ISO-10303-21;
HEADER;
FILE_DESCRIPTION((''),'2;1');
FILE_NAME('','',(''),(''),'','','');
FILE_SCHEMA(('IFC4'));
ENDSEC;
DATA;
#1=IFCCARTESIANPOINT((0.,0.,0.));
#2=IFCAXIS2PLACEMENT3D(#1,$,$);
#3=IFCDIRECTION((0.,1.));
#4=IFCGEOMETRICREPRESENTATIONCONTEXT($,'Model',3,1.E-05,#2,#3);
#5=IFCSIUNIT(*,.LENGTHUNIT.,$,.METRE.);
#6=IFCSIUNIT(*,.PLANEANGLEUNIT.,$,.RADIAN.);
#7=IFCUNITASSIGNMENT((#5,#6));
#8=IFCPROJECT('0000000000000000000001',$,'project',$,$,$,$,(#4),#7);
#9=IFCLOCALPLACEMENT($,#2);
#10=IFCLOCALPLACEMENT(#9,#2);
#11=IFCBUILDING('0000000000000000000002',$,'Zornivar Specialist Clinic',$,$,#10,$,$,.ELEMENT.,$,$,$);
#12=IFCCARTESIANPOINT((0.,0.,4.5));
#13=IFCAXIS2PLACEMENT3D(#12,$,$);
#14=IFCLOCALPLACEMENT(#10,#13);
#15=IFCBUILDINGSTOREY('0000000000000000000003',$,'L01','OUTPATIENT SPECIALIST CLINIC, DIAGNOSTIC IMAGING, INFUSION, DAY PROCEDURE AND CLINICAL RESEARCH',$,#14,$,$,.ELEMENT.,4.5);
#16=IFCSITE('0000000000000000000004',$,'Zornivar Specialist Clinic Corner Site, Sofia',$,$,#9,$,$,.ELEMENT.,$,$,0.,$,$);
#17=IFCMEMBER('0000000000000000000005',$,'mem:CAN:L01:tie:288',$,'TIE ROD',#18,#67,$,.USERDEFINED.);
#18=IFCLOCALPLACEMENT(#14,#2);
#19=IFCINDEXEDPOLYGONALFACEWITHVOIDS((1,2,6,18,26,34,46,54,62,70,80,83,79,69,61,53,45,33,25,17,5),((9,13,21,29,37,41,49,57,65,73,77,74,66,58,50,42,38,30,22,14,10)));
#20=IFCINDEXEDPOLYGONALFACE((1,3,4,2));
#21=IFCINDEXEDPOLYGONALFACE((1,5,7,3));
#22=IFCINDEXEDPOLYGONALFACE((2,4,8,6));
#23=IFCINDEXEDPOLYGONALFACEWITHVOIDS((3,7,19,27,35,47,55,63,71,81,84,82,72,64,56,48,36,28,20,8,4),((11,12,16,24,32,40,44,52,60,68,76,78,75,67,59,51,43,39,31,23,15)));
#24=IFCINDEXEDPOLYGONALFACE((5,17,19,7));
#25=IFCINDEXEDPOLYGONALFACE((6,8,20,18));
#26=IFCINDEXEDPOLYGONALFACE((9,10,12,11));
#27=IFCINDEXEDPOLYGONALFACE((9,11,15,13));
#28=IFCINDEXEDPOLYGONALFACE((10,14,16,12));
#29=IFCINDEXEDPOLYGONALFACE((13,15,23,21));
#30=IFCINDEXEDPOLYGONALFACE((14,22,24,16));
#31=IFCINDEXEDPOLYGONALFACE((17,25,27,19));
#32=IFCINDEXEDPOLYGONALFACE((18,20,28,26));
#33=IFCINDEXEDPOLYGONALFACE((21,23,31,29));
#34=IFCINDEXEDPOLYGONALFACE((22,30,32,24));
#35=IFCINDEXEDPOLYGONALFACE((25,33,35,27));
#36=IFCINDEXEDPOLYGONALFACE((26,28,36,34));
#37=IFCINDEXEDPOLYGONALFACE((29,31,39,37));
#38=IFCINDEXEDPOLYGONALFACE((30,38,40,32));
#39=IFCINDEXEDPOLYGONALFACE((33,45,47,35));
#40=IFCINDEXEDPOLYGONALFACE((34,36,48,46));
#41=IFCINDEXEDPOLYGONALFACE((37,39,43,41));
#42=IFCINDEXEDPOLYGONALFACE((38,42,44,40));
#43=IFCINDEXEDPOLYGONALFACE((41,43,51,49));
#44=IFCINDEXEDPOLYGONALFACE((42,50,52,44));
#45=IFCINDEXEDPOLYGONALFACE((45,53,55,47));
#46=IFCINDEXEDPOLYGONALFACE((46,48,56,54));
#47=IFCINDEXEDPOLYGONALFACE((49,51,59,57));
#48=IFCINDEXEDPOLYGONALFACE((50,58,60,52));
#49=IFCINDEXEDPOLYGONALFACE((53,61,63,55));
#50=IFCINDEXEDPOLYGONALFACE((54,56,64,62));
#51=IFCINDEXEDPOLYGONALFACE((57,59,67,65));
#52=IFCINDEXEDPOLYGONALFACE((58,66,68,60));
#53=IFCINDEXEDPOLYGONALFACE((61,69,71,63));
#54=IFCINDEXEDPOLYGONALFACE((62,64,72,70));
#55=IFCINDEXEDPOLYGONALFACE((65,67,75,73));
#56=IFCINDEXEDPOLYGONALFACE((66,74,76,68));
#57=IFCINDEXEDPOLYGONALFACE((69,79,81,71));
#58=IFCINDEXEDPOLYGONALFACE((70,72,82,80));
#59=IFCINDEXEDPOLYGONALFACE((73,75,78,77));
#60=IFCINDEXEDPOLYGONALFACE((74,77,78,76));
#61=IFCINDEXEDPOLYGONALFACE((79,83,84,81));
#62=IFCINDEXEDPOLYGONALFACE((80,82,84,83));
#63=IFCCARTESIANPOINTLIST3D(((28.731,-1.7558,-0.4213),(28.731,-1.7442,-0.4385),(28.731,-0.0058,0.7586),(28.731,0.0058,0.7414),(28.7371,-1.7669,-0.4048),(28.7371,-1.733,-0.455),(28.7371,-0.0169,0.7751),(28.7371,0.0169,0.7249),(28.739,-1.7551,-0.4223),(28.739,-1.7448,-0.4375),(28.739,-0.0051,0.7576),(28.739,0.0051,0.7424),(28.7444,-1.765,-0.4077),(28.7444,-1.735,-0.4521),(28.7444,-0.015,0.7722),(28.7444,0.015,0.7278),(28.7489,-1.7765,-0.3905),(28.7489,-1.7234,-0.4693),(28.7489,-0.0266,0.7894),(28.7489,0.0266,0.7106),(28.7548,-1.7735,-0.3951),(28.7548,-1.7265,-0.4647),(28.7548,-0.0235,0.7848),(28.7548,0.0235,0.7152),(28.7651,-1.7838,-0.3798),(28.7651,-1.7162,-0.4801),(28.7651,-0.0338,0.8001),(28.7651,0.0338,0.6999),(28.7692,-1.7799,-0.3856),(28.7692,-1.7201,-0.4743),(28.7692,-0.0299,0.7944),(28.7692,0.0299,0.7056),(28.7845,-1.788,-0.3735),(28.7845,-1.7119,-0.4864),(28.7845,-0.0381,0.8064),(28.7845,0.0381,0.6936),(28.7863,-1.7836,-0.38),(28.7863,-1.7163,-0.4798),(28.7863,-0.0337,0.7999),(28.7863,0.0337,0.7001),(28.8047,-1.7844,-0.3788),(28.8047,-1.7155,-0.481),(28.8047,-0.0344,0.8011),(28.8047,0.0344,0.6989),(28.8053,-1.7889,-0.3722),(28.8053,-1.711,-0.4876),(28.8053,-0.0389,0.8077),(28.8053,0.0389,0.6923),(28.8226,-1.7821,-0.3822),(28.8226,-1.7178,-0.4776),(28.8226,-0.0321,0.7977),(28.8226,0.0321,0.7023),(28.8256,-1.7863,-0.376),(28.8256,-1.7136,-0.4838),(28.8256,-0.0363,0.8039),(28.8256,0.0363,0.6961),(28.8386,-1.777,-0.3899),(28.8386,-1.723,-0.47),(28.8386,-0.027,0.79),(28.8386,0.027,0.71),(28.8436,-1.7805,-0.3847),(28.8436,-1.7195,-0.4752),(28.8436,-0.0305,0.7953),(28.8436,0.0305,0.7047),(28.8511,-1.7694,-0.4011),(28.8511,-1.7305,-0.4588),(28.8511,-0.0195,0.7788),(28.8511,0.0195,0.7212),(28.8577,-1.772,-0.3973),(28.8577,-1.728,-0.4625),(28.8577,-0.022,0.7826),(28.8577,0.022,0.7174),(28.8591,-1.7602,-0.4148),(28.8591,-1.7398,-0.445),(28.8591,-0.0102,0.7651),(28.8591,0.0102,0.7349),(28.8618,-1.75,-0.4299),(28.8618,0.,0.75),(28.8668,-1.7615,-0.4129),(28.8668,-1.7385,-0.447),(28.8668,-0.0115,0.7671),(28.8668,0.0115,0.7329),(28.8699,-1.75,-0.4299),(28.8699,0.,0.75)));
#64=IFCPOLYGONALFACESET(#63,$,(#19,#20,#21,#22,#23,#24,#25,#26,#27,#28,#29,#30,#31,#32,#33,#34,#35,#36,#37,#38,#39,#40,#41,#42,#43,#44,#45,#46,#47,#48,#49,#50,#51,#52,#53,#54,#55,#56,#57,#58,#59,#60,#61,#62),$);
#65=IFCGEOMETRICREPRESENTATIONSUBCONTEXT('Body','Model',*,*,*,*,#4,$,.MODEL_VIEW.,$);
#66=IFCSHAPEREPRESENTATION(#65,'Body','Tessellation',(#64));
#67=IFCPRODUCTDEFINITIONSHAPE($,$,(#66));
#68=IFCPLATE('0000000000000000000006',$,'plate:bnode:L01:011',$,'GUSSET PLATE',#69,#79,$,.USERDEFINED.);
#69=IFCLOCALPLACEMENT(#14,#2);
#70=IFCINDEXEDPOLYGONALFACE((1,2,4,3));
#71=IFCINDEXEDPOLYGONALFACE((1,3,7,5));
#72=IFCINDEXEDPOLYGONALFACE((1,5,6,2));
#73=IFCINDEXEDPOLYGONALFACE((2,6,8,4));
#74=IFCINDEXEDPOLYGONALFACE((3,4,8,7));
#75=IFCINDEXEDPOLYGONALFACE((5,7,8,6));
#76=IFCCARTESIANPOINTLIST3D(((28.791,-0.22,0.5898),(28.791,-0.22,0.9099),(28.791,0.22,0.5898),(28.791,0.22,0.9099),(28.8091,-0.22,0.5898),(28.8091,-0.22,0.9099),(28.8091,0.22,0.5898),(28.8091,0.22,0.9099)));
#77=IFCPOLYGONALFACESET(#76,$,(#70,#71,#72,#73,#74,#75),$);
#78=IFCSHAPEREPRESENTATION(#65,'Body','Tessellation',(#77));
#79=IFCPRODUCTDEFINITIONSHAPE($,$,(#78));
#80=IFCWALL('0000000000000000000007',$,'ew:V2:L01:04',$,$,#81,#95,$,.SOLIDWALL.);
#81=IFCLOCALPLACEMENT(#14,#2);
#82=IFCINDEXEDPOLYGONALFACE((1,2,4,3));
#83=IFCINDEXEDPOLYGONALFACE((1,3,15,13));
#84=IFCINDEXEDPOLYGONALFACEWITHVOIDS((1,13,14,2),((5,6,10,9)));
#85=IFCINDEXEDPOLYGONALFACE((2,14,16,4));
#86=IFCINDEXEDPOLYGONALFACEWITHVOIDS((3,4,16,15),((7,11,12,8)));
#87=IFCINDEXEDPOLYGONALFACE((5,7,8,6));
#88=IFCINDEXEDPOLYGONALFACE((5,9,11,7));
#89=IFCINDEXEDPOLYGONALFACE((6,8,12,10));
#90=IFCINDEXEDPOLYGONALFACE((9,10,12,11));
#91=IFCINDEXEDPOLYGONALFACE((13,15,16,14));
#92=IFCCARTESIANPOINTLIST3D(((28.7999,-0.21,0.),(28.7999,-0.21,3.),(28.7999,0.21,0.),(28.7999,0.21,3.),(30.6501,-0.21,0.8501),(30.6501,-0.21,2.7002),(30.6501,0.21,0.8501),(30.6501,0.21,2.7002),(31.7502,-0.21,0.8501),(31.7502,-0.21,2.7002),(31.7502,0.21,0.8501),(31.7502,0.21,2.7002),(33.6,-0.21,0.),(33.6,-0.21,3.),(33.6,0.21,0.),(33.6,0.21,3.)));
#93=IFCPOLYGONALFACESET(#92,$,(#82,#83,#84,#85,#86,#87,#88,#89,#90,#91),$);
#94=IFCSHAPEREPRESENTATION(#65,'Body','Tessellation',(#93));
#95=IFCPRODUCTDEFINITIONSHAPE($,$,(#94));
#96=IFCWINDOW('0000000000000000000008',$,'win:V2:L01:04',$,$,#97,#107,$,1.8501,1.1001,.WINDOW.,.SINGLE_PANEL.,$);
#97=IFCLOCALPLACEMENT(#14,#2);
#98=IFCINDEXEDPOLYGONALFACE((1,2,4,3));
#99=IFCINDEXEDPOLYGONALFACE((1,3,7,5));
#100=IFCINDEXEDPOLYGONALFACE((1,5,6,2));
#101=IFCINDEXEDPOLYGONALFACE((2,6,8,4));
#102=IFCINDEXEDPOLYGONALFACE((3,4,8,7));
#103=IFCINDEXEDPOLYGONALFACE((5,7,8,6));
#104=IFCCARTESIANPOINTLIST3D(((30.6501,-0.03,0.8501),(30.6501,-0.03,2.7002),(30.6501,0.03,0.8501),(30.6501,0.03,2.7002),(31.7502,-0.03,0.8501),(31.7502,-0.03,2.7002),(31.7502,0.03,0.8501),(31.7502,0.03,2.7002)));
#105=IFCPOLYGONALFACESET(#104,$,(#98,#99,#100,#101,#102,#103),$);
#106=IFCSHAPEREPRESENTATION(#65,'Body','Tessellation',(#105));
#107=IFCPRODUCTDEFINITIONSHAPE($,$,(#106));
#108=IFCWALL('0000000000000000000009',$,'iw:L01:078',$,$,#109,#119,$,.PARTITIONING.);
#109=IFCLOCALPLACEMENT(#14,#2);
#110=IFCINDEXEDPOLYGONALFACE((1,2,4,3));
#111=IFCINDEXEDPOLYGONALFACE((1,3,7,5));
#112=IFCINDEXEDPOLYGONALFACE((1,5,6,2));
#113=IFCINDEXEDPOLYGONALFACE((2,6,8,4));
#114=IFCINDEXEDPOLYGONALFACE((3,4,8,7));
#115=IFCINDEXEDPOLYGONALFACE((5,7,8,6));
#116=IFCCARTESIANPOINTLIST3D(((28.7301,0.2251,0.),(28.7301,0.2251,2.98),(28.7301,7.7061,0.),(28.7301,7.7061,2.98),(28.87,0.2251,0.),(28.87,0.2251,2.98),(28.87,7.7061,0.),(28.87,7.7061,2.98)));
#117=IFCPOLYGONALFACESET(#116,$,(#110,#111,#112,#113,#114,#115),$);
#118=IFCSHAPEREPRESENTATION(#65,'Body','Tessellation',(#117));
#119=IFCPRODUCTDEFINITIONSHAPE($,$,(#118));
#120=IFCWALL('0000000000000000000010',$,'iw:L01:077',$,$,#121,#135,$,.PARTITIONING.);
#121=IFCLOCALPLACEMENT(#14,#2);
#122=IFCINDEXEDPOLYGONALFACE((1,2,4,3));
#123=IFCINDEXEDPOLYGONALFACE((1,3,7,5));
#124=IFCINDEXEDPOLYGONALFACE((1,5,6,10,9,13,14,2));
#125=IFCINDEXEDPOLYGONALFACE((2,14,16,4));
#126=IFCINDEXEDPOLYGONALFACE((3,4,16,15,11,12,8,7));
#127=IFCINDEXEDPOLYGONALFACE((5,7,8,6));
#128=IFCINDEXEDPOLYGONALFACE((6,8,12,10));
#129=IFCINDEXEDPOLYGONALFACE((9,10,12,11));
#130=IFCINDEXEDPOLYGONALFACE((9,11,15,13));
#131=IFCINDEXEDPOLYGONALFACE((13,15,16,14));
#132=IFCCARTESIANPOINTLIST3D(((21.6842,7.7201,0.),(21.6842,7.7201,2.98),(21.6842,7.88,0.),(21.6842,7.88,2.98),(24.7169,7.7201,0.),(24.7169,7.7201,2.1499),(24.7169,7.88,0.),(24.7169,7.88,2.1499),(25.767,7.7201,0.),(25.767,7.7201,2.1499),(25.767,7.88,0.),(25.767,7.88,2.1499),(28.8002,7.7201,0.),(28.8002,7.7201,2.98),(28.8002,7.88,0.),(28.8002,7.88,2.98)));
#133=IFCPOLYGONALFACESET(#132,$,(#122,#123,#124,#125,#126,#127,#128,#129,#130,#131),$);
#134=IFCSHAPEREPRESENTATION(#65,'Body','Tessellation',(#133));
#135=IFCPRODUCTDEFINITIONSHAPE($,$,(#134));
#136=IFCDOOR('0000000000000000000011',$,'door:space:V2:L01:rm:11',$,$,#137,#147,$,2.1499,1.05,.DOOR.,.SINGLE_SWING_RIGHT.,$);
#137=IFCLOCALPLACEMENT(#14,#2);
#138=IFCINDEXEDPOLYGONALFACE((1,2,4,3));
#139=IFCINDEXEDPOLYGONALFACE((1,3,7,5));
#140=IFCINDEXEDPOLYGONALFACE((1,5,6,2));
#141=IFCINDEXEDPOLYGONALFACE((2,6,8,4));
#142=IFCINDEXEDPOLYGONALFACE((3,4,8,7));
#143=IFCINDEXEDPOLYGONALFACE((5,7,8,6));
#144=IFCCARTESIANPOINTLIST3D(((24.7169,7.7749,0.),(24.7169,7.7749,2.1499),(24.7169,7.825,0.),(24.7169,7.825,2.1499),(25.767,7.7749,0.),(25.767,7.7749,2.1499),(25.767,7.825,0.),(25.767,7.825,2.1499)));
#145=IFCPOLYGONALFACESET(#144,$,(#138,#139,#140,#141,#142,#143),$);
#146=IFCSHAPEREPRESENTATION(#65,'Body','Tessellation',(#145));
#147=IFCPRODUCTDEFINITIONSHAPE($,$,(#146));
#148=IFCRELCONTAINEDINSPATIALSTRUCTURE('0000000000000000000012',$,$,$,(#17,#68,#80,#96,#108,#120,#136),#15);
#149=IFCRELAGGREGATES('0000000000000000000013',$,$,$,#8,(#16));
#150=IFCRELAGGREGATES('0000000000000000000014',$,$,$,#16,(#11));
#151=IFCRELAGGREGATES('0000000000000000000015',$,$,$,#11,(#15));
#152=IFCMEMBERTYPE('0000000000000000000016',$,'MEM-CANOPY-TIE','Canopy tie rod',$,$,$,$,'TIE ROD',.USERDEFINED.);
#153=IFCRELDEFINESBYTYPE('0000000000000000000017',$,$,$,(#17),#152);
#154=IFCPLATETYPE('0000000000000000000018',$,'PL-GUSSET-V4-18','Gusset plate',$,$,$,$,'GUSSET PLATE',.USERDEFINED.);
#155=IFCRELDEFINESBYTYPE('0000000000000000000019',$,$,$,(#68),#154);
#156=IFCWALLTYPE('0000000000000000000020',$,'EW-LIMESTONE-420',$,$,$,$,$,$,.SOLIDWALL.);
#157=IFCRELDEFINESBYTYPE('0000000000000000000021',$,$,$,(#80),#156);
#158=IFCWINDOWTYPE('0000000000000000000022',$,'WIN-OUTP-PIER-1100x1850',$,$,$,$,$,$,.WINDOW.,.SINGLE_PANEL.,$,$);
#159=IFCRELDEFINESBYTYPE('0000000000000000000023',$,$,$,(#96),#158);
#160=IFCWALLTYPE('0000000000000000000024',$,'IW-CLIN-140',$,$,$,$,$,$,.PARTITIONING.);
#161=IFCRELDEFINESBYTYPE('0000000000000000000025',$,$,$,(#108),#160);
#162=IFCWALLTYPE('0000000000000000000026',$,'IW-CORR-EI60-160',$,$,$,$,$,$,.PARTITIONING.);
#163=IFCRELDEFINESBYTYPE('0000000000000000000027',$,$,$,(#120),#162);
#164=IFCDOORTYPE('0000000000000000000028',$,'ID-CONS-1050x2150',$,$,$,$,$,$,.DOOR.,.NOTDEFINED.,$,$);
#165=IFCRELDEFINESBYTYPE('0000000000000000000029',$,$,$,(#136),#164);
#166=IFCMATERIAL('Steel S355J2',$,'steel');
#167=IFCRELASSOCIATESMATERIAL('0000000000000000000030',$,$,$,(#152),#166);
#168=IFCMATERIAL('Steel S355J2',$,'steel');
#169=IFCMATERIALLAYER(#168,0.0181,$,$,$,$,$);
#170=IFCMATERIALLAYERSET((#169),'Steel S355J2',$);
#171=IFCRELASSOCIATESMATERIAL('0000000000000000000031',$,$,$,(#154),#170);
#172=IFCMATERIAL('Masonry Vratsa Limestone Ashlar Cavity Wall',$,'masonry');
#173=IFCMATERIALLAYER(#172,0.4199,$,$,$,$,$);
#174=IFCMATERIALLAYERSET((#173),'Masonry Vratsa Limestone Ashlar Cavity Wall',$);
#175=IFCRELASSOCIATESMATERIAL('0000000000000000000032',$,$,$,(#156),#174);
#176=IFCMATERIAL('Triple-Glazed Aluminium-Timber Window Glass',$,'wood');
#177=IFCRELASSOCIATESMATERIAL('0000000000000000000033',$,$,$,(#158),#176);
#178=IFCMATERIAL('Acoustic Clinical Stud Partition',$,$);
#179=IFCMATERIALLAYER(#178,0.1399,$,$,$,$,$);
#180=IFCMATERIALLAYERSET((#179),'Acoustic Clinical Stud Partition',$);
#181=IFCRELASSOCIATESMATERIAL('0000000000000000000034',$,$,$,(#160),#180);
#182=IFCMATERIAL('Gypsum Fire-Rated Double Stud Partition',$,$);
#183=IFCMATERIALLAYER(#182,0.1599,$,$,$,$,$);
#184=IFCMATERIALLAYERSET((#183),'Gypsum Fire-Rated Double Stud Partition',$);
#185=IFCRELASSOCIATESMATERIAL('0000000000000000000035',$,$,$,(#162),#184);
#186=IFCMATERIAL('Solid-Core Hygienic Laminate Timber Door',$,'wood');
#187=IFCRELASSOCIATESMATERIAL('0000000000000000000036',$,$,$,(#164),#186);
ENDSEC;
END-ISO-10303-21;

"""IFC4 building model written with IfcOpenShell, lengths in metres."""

from ifc_helpers import new_model, si_unit, direction, frame, frame_2d, origin, origin_2d, place, context, subcontext, project, spatial, rectangle, hollow_circle, extrude, material, layer, layer_set, material_profile, profile_set, type_object, element, fill, save


model = new_model("IFC4")

# Units and contexts
model_context = context("Model", 3, precision=1e-05, world=origin(), true_north=direction((0.0, 1.0)))
body_context = subcontext(model_context, "Body", "Model", "MODEL_VIEW")
ifc_project = project(units=[si_unit("LENGTHUNIT", "METRE"), si_unit("PLANEANGLEUNIT", "RADIAN")], contexts=[model_context])

# Site, building, storey
site_placement = place(None, origin())
site = spatial("IfcSite", under=ifc_project, at=site_placement, Name="Zornivar Specialist Clinic Corner Site, Sofia", CompositionType="ELEMENT", RefElevation=0.0)
building_placement = place(site_placement, origin())
building = spatial("IfcBuilding", under=site, at=building_placement, Name="Zornivar Specialist Clinic", CompositionType="ELEMENT")
storey_placement = place(building_placement, frame((0.0, 0.0, 4.5)))
storey = spatial("IfcBuildingStorey", under=building, at=storey_placement, Name="L01", Description="OUTPATIENT SPECIALIST CLINIC, DIAGNOSTIC IMAGING, INFUSION, DAY PROCEDURE AND CLINICAL RESEARCH", CompositionType="ELEMENT", Elevation=4.5)

# Member
ifc_material_1 = material(Name="Steel S355J2", Category="steel")
ifc_material_profile_1 = material_profile(ifc_material_1, hollow_circle(Radius=0.0698, WallThickness=0.0081, at=origin_2d()), Name="CHS 139.7x8")
ifc_profile_set_1 = profile_set([ifc_material_profile_1], Name="Steel S355J2")
member_type = type_object("IfcMemberType", Name="MEM-CANOPY-TIE", Description="Canopy tie rod", ElementType="TIE ROD", PredefinedType="USERDEFINED", material=ifc_profile_set_1)
member_placement = place(storey_placement, frame((28.8, 0.0, 0.75), z_axis=(0.0, -0.829138, -0.559044), x_axis=(1.0, 0.0, 0.0)))
element("IfcMember", 1, at=member_placement, inside=storey, type_object=member_type, Name="mem:CAN:L01:tie:288", ObjectType="TIE ROD", PredefinedType="USERDEFINED", context=body_context, shape_type="SweptSolid", body=[
    extrude(hollow_circle(Radius=0.0698, WallThickness=0.0081, at=origin_2d()), origin(), (0.0, 0.0, 1.0), 2.1106),
])

# Plate
ifc_material_2 = material(Name="Steel S355J2", Category="steel")
ifc_layer_1 = layer(ifc_material_2, 0.0181)
ifc_layer_set_1 = layer_set([ifc_layer_1], Name="Steel S355J2")
plate_type = type_object("IfcPlateType", Name="PL-GUSSET-V4-18", Description="Gusset plate", ElementType="GUSSET PLATE", PredefinedType="USERDEFINED", material=ifc_layer_set_1)
plate_placement = place(storey_placement, frame((28.8, 0.0, 0.5898), z_axis=(0.0, 0.0, 1.0), x_axis=(0.0, 1.0, 0.0)))
element("IfcPlate", 2, at=plate_placement, inside=storey, type_object=plate_type, Name="plate:bnode:L01:011", ObjectType="GUSSET PLATE", PredefinedType="USERDEFINED", context=body_context, shape_type="SweptSolid", body=[
    extrude(rectangle(XDim=0.4399, YDim=0.0181, at=origin_2d()), origin(), (0.0, 0.0, 1.0), 0.3201),
])

# Wall, opening, window
ifc_material_3 = material(Name="Masonry Vratsa Limestone Ashlar Cavity Wall", Category="masonry")
ifc_layer_2 = layer(ifc_material_3, 0.4199)
ifc_layer_set_2 = layer_set([ifc_layer_2], Name="Masonry Vratsa Limestone Ashlar Cavity Wall")
wall_type_1 = type_object("IfcWallType", Name="EW-LIMESTONE-420", PredefinedType="SOLIDWALL", material=ifc_layer_set_2)
wall_1_placement = place(storey_placement, frame((28.8, 0.0, 0.0), z_axis=(0.0, 0.0, 1.0), x_axis=(1.0, 0.0, 0.0)))
wall_1 = element("IfcWall", 3, at=wall_1_placement, inside=storey, type_object=wall_type_1, Name="ew:V2:L01:04", PredefinedType="SOLIDWALL", context=body_context, shape_type="SweptSolid", body=[
    extrude(rectangle(XDim=4.8, YDim=0.4199, at=frame_2d((2.3999, 0.0))), origin(), (0.0, 0.0, 1.0), 3.0),
])
opening_1_placement = place(wall_1_placement, frame((1.8501, 0.0, 0.8501)))
opening_1 = element("IfcOpeningElement", 4, at=opening_1_placement, cuts=wall_1, PredefinedType="OPENING", context=body_context, shape_type="SweptSolid", body=[
    extrude(rectangle(XDim=1.1001, YDim=1.8501, at=frame_2d((0.55, 0.925))), frame((0.0, 0.22, 0.0), z_axis=(0.0, -1.0, 0.0), x_axis=(1.0, 0.0, 0.0)), (0.0, 0.0, 1.0), 0.4399),
])
ifc_material_4 = material(Name="Triple-Glazed Aluminium-Timber Window Glass", Category="wood")
window_type = type_object("IfcWindowType", Name="WIN-OUTP-PIER-1100x1850", PartitioningType="SINGLE_PANEL", PredefinedType="WINDOW", material=ifc_material_4)
window_placement = place(opening_1_placement, origin())
window = element("IfcWindow", 5, at=window_placement, inside=storey, type_object=window_type, Name="win:V2:L01:04", OverallHeight=1.8501, OverallWidth=1.1001, PartitioningType="SINGLE_PANEL", PredefinedType="WINDOW", context=body_context, shape_type="SweptSolid", body=[
    extrude(rectangle(XDim=1.1001, YDim=1.8501, at=frame_2d((0.55, 0.925))), frame((0.0, 0.03, 0.0), z_axis=(0.0, -1.0, 0.0), x_axis=(1.0, 0.0, 0.0)), (0.0, 0.0, 1.0), 0.0601),
])
fill(opening_1, window)

# Wall
ifc_material_5 = material(Name="Acoustic Clinical Stud Partition")
ifc_layer_3 = layer(ifc_material_5, 0.1399)
ifc_layer_set_3 = layer_set([ifc_layer_3], Name="Acoustic Clinical Stud Partition")
wall_type_2 = type_object("IfcWallType", Name="IW-CLIN-140", PredefinedType="PARTITIONING", material=ifc_layer_set_3)
wall_2_placement = place(storey_placement, frame((28.8, 7.7061, 0.0), z_axis=(0.0, 0.0, 1.0), x_axis=(0.0, -1.0, 0.0)))
element("IfcWall", 6, at=wall_2_placement, inside=storey, type_object=wall_type_2, Name="iw:L01:078", PredefinedType="PARTITIONING", context=body_context, shape_type="SweptSolid", body=[
    extrude(rectangle(XDim=7.481, YDim=0.1399, at=frame_2d((3.7405, 0.0))), origin(), (0.0, 0.0, 1.0), 2.98),
])

# Wall, opening, door
ifc_material_6 = material(Name="Gypsum Fire-Rated Double Stud Partition")
ifc_layer_4 = layer(ifc_material_6, 0.1599)
ifc_layer_set_4 = layer_set([ifc_layer_4], Name="Gypsum Fire-Rated Double Stud Partition")
wall_type_3 = type_object("IfcWallType", Name="IW-CORR-EI60-160", PredefinedType="PARTITIONING", material=ifc_layer_set_4)
wall_3_placement = place(storey_placement, frame((21.6841, 7.8, 0.0), z_axis=(0.0, 0.0, 1.0), x_axis=(1.0, 0.0, 0.0)))
wall_3 = element("IfcWall", 7, at=wall_3_placement, inside=storey, type_object=wall_type_3, Name="iw:L01:077", PredefinedType="PARTITIONING", context=body_context, shape_type="SweptSolid", body=[
    extrude(rectangle(XDim=7.116, YDim=0.1599, at=frame_2d((3.5581, 0.0))), origin(), (0.0, 0.0, 1.0), 2.98),
])
opening_2_placement = place(wall_3_placement, frame((3.033, 0.0, 0.0)))
opening_2 = element("IfcOpeningElement", 8, at=opening_2_placement, cuts=wall_3, PredefinedType="OPENING", context=body_context, shape_type="SweptSolid", body=[
    extrude(rectangle(XDim=1.05, YDim=2.1499, at=frame_2d((0.5249, 1.075))), frame((0.0, 0.0898, 0.0), z_axis=(0.0, -1.0, 0.0), x_axis=(1.0, 0.0, 0.0)), (0.0, 0.0, 1.0), 0.1799),
])
ifc_material_7 = material(Name="Solid-Core Hygienic Laminate Timber Door", Category="wood")
door_type_1 = type_object("IfcDoorType", Name="ID-CONS-1050x2150", OperationType="NOTDEFINED", PredefinedType="DOOR", material=ifc_material_7)
door_1_placement = place(opening_2_placement, origin())
door_1 = element("IfcDoor", 9, at=door_1_placement, inside=storey, type_object=door_type_1, Name="door:space:V2:L01:rm:11", OperationType="SINGLE_SWING_RIGHT", OverallHeight=2.1499, OverallWidth=1.05, PredefinedType="DOOR", context=body_context, shape_type="SweptSolid", body=[
    extrude(rectangle(XDim=1.05, YDim=2.1499, at=frame_2d((0.5249, 1.075))), frame((0.0, 0.0249, 0.0), z_axis=(0.0, -1.0, 0.0), x_axis=(1.0, 0.0, 0.0)), (0.0, 0.0, 1.0), 0.05),
])
fill(opening_2, door_1)

save(model, "model.ifc")
